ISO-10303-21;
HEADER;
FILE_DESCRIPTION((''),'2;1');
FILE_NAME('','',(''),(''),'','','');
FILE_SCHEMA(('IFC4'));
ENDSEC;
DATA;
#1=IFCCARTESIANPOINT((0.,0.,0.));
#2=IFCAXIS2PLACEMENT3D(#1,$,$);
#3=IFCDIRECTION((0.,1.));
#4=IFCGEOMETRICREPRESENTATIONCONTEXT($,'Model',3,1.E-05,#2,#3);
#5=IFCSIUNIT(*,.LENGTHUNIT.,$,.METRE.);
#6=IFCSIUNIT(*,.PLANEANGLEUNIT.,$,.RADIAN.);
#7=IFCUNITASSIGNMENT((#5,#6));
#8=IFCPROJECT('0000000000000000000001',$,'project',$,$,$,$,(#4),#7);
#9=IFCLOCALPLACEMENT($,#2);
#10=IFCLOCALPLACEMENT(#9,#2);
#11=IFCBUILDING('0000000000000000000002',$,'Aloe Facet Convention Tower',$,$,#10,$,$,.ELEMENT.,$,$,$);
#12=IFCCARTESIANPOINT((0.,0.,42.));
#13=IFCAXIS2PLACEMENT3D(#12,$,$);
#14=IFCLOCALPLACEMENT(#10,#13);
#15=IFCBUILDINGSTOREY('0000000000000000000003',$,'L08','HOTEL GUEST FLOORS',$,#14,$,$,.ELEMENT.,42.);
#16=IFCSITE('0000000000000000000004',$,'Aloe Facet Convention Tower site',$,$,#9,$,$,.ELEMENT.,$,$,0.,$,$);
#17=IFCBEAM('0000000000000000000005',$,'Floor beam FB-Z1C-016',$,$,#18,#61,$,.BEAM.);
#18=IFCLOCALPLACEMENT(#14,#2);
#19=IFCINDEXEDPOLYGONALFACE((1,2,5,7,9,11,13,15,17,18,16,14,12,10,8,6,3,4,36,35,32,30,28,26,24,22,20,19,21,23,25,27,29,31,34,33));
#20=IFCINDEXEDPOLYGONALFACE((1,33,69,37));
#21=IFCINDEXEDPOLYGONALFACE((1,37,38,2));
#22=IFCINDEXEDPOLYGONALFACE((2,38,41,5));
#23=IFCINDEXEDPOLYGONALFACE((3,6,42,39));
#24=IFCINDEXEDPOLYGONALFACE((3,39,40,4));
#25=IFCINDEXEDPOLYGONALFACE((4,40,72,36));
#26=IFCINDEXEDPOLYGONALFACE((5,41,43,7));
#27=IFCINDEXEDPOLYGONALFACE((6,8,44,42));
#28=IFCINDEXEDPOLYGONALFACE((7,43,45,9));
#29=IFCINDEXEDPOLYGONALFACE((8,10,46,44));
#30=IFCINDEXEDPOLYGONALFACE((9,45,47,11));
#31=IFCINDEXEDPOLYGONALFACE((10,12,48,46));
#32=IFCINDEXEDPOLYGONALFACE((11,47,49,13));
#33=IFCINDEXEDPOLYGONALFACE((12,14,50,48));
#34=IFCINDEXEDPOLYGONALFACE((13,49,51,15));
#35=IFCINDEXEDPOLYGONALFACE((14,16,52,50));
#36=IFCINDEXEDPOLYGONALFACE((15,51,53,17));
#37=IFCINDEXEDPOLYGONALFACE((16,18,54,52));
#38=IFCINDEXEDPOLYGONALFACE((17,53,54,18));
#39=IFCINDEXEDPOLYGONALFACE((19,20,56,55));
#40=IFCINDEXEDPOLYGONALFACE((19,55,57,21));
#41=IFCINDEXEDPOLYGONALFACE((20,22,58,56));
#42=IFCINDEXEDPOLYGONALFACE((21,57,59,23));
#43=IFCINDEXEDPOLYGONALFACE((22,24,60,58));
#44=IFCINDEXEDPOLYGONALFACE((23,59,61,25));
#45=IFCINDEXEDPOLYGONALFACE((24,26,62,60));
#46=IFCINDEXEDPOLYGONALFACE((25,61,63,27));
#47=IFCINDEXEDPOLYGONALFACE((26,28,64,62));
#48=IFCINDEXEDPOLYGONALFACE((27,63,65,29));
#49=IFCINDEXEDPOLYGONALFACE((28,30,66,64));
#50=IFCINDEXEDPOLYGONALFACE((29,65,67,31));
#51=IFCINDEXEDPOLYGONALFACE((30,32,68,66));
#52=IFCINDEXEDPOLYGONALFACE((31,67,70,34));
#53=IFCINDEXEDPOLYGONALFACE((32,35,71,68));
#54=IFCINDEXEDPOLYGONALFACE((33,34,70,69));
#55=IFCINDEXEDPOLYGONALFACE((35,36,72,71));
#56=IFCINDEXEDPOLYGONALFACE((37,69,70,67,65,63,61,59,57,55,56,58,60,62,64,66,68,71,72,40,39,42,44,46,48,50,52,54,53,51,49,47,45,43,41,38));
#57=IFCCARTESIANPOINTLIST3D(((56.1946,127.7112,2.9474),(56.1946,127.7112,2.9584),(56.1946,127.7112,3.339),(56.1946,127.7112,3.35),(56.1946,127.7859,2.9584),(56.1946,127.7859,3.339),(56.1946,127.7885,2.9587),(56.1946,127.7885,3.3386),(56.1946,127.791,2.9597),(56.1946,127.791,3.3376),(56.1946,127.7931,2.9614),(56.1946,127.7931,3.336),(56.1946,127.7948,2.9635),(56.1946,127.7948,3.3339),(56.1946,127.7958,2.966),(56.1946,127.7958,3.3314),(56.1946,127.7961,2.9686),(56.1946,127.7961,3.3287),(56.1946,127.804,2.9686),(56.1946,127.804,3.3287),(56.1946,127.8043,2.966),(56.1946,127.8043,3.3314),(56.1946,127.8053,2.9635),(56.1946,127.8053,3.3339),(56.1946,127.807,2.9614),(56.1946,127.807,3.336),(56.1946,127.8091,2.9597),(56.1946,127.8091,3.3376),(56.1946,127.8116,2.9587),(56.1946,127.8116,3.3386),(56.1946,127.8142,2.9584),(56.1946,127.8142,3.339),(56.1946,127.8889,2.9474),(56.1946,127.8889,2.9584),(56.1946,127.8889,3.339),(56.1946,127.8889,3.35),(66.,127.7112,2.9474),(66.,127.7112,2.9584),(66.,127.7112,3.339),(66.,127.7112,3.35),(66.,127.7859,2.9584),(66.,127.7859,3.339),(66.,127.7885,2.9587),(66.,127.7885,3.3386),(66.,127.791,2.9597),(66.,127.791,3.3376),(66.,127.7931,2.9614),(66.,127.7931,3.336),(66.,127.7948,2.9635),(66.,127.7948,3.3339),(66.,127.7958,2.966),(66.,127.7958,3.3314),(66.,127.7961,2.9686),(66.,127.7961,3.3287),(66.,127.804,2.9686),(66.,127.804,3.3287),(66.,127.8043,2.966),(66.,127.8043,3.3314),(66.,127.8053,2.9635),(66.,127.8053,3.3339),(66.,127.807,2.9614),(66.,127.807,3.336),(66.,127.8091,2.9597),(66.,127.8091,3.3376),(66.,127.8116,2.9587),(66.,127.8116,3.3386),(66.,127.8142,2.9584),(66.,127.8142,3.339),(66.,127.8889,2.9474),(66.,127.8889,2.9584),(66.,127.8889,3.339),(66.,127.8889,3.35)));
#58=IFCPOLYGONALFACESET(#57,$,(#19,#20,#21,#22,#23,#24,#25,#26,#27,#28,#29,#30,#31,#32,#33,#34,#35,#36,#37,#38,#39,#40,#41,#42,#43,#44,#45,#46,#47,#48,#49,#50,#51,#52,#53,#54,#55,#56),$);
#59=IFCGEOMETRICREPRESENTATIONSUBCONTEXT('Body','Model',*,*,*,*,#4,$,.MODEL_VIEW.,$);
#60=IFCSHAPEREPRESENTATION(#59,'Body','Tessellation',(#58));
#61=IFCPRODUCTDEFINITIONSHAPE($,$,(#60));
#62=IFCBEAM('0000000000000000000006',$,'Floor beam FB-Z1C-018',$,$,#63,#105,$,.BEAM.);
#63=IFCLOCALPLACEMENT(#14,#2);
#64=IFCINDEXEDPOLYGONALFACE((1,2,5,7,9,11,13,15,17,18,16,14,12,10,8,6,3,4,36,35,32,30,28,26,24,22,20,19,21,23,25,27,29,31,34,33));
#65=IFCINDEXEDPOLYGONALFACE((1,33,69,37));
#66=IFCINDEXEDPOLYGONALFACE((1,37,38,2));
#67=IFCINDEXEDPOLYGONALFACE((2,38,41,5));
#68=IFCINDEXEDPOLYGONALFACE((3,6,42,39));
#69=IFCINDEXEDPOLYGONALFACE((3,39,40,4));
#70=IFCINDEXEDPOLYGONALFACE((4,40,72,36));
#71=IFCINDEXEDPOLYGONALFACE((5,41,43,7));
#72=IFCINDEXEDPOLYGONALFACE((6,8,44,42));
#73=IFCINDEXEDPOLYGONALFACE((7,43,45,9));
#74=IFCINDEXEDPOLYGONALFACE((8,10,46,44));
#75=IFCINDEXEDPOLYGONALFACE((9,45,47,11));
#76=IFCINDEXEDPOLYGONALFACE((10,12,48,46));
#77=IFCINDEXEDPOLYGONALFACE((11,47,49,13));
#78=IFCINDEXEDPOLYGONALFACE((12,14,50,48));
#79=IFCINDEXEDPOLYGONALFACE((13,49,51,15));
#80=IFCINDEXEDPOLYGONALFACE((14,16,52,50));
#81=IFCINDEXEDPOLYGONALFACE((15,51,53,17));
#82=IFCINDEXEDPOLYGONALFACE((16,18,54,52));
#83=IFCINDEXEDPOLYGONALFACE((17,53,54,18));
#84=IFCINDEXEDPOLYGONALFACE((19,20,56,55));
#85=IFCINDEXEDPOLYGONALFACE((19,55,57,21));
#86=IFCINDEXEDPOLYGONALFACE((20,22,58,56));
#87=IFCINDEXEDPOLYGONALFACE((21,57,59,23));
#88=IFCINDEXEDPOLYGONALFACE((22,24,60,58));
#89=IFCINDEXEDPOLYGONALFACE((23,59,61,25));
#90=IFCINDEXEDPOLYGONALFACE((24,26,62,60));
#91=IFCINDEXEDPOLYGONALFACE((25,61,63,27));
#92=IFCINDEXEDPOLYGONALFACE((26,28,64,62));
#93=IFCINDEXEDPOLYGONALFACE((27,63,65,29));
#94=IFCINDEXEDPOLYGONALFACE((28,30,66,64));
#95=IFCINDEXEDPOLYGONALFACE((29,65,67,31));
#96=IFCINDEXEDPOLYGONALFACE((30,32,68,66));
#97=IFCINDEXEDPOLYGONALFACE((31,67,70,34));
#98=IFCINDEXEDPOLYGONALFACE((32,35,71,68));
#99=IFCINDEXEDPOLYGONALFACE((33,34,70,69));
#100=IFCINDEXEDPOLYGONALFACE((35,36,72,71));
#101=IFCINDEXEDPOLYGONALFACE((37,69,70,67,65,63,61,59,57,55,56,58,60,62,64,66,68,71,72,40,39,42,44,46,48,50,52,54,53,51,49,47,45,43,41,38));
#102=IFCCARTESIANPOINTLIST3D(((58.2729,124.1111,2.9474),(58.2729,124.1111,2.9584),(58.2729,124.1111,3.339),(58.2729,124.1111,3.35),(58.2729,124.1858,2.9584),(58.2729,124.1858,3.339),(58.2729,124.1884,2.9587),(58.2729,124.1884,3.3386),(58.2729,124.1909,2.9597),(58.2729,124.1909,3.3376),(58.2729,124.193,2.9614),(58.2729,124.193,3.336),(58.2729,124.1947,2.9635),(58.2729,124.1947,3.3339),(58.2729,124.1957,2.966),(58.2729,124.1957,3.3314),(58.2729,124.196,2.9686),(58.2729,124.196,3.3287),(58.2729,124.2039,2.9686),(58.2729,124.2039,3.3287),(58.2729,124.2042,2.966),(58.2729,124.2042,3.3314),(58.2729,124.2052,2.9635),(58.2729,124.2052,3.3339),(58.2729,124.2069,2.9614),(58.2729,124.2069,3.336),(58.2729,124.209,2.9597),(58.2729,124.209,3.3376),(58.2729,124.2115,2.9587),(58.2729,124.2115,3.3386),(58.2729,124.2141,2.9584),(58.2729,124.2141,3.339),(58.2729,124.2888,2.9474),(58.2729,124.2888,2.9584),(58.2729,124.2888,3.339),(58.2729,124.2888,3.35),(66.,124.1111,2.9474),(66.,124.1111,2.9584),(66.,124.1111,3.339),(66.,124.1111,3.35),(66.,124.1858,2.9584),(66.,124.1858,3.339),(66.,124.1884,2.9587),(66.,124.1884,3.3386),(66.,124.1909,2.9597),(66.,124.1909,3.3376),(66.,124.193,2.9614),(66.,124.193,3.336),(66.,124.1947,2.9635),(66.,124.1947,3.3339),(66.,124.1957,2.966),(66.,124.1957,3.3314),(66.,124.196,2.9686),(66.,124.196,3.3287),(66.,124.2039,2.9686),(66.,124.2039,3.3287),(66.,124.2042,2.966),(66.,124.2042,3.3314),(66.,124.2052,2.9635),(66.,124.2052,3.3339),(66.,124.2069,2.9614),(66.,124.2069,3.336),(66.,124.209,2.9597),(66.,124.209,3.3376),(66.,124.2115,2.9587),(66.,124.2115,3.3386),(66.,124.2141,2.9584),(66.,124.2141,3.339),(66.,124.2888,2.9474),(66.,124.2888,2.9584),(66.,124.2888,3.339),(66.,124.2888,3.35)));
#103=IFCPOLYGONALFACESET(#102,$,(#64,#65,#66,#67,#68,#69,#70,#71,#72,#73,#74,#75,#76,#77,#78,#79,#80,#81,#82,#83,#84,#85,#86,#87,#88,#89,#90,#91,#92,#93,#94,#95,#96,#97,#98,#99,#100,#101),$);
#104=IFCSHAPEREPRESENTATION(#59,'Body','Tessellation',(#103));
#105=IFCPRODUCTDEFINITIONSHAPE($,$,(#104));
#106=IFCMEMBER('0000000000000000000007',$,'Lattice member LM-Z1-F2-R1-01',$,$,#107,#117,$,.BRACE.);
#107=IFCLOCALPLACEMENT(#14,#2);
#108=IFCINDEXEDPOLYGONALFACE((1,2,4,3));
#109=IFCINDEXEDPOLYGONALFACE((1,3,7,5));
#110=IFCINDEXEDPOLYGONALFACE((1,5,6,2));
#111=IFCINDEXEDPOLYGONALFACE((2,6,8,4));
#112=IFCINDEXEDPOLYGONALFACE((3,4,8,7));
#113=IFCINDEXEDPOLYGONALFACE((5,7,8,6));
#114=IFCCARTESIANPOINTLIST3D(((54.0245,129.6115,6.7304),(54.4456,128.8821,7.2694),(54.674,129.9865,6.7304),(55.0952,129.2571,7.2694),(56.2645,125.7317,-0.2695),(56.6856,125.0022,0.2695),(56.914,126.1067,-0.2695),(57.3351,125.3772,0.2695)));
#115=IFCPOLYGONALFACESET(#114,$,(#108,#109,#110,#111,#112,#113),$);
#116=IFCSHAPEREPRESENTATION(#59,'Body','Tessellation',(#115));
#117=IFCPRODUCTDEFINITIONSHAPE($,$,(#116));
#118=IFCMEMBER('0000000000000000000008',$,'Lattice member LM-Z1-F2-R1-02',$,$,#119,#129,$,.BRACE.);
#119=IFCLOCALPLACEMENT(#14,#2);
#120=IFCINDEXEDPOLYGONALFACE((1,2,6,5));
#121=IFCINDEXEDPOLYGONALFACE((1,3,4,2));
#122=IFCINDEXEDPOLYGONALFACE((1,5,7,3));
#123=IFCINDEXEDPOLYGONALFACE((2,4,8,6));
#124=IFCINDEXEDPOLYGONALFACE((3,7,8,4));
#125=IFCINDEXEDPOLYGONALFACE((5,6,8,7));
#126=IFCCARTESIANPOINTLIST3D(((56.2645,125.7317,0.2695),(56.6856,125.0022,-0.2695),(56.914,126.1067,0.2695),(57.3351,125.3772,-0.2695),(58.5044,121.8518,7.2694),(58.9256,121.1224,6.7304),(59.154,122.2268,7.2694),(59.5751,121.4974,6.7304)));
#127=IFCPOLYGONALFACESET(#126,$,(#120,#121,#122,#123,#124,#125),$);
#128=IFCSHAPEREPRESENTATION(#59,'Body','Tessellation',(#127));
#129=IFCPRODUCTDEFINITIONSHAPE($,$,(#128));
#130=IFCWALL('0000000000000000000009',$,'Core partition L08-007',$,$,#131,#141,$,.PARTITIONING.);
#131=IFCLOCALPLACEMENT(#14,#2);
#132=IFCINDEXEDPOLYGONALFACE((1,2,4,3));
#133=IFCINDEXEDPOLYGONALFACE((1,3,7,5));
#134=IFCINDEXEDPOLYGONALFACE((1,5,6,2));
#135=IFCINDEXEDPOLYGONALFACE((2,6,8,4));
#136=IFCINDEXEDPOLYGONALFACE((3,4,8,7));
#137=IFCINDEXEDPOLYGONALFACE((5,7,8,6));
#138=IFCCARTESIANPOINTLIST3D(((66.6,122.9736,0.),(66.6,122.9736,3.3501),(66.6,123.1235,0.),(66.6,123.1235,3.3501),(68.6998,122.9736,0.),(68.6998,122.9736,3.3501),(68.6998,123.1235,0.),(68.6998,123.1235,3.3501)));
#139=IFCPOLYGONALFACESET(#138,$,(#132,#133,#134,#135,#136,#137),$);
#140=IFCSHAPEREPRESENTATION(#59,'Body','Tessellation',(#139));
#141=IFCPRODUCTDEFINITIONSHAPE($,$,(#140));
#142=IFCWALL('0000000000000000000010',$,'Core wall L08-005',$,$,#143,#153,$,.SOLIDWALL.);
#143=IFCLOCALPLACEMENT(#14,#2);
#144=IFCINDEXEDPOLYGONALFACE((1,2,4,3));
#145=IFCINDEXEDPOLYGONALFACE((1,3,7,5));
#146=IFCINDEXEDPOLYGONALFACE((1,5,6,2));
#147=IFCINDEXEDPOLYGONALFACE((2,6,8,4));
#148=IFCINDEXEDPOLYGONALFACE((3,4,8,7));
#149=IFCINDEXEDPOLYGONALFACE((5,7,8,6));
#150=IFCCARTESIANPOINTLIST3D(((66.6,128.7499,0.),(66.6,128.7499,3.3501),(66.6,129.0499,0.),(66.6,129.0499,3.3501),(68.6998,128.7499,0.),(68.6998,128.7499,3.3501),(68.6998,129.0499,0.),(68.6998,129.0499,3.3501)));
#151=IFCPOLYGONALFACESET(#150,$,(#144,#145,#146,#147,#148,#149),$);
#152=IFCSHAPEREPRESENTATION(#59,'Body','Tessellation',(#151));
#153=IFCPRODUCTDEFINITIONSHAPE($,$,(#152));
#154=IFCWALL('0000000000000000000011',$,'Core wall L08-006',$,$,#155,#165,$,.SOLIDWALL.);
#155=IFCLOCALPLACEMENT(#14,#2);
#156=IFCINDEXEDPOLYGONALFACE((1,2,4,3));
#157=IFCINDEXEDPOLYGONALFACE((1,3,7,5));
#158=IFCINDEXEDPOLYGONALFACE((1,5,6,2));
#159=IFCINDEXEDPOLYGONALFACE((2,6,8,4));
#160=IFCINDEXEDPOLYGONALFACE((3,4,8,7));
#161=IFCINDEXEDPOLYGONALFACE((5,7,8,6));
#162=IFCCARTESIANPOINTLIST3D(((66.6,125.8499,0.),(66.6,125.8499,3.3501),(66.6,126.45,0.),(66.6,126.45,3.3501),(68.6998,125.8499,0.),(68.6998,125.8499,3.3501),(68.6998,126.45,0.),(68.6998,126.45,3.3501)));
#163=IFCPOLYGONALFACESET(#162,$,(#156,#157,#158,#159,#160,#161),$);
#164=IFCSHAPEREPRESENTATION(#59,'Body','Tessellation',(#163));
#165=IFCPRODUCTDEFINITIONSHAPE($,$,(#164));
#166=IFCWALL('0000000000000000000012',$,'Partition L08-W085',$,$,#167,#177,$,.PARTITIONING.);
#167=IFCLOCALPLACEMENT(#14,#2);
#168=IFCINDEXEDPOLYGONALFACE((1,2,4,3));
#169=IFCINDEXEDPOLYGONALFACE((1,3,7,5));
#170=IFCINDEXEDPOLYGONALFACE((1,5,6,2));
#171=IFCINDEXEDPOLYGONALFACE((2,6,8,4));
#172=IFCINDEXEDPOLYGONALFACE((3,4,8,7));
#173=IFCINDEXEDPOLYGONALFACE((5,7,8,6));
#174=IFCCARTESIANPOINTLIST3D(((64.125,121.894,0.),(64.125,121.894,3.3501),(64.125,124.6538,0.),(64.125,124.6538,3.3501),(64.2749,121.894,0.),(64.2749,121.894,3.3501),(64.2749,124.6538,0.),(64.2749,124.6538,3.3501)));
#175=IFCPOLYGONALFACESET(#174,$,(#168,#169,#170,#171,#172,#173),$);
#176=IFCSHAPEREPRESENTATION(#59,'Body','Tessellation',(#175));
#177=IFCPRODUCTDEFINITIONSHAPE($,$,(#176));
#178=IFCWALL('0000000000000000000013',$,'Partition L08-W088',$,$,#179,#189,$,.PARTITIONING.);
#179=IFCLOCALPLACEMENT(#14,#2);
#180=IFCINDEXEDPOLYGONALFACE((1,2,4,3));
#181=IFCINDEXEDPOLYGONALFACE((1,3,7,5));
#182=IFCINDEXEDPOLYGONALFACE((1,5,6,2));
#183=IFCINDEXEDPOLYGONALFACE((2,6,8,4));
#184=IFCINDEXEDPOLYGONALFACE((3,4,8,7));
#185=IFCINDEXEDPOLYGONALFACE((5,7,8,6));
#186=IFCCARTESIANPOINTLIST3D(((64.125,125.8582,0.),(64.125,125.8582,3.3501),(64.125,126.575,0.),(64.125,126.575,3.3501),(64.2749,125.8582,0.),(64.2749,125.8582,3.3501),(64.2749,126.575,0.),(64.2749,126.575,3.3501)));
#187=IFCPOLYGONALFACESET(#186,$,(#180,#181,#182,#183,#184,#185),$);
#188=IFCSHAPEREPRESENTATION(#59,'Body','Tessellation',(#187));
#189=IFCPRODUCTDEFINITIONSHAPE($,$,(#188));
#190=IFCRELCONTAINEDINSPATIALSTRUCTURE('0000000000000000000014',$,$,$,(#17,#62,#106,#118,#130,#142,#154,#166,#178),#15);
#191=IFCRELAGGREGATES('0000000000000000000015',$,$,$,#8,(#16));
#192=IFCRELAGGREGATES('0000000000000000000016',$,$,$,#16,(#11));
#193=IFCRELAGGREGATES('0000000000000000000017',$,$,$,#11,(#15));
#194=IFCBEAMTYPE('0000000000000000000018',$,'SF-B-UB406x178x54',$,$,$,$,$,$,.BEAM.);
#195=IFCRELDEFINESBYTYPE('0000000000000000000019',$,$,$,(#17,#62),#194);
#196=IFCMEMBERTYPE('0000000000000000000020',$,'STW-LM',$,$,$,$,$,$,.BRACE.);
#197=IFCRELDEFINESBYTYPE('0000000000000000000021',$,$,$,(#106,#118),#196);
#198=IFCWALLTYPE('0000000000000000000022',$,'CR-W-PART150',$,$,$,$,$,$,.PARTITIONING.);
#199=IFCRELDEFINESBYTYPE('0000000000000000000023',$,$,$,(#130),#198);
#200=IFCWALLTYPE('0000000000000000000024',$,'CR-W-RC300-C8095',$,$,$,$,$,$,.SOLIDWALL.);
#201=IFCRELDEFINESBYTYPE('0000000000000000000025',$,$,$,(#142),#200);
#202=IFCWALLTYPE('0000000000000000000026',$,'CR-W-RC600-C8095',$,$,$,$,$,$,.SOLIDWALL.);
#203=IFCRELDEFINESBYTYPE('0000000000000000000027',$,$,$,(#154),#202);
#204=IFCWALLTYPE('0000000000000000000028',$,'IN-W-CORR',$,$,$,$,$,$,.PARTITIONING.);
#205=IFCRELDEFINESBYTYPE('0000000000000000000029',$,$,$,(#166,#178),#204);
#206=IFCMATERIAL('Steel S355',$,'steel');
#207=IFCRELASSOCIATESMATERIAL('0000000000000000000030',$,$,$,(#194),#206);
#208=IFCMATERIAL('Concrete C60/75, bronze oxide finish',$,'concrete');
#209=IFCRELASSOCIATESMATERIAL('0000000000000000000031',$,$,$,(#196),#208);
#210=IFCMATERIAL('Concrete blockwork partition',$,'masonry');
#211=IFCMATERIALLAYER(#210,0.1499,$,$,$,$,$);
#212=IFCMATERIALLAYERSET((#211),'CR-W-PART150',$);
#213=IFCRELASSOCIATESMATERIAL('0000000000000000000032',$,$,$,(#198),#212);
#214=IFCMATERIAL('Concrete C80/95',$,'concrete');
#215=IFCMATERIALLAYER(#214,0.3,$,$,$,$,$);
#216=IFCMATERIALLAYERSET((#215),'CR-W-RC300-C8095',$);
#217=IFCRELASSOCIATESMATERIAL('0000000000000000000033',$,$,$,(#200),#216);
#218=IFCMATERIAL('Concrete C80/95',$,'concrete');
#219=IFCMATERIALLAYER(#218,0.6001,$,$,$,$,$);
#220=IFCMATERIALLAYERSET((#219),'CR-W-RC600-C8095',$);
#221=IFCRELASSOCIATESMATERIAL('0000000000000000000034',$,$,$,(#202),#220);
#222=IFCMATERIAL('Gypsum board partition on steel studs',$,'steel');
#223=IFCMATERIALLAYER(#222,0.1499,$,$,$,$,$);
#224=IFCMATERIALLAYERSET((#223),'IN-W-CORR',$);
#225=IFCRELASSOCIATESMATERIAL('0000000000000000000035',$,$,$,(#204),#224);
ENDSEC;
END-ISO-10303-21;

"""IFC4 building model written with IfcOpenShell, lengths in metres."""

from ifc_helpers import new_model, si_unit, direction, frame, frame_2d, origin, origin_2d, place, context, subcontext, project, spatial, rectangle, i_section, extrude, material, layer, layer_set, material_profile, profile_set, type_object, element, save


model = new_model("IFC4")

# Units and contexts
model_context = context("Model", 3, precision=1e-05, world=origin(), true_north=direction((0.0, 1.0)))
body_context = subcontext(model_context, "Body", "Model", "MODEL_VIEW")
ifc_project = project(units=[si_unit("LENGTHUNIT", "METRE"), si_unit("PLANEANGLEUNIT", "RADIAN")], contexts=[model_context])

# Site, building, storey
site_placement = place(None, origin())
site = spatial("IfcSite", under=ifc_project, at=site_placement, Name="Aloe Facet Convention Tower site", CompositionType="ELEMENT", RefElevation=0.0)
building_placement = place(site_placement, origin())
building = spatial("IfcBuilding", under=site, at=building_placement, Name="Aloe Facet Convention Tower", CompositionType="ELEMENT")
storey_placement = place(building_placement, frame((0.0, 0.0, 42.0)))
storey = spatial("IfcBuildingStorey", under=building, at=storey_placement, Name="L08", Description="HOTEL GUEST FLOORS", CompositionType="ELEMENT", Elevation=42.0)

# Beams
ifc_material_1 = material(Name="Steel S355", Category="steel")
ifc_material_profile_1 = material_profile(ifc_material_1, i_section(OverallWidth=0.1777, OverallDepth=0.4026, WebThickness=0.0078, FlangeThickness=0.011, FilletRadius=0.0103, at=origin_2d()), Name="UB 406x178x54")
ifc_profile_set_1 = profile_set([ifc_material_profile_1], Name="Steel S355")
beam_type = type_object("IfcBeamType", Name="SF-B-UB406x178x54", PredefinedType="BEAM", material=ifc_profile_set_1)
beam_1_placement = place(storey_placement, frame((56.1946, 127.8, 3.1487), z_axis=(1.0, 0.0, 0.0), x_axis=(0.0, 1.0, 0.0)))
element("IfcBeam", 1, at=beam_1_placement, inside=storey, type_object=beam_type, Name="Floor beam FB-Z1C-016", PredefinedType="BEAM", context=body_context, shape_type="SweptSolid", body=[
    extrude(i_section(OverallWidth=0.1777, OverallDepth=0.4026, WebThickness=0.0078, FlangeThickness=0.011, FilletRadius=0.0103, at=origin_2d()), origin(), (0.0, 0.0, 1.0), 9.8054),
])
beam_2_placement = place(storey_placement, frame((58.2729, 124.2, 3.1487), z_axis=(1.0, 0.0, 0.0), x_axis=(0.0, 1.0, 0.0)))
element("IfcBeam", 2, at=beam_2_placement, inside=storey, type_object=beam_type, Name="Floor beam FB-Z1C-018", PredefinedType="BEAM", context=body_context, shape_type="SweptSolid", body=[
    extrude(i_section(OverallWidth=0.1777, OverallDepth=0.4026, WebThickness=0.0078, FlangeThickness=0.011, FilletRadius=0.0103, at=origin_2d()), origin(), (0.0, 0.0, 1.0), 7.7271),
])

# Members
ifc_material_2 = material(Name="Concrete C60/75, bronze oxide finish", Category="concrete")
ifc_material_profile_2 = material_profile(ifc_material_2, rectangle(XDim=0.75, YDim=1.0, at=origin_2d()), Name="STW-LM")
ifc_profile_set_2 = profile_set([ifc_material_profile_2], Name="Concrete C60/75, bronze oxide finish")
member_type = type_object("IfcMemberType", Name="STW-LM", PredefinedType="BRACE", material=ifc_profile_set_2)
for number, where, z_axis, x_axis, name in (
    (3, (56.7998, 125.5544, 0.0), (-0.269524, 0.466843, 0.842267), (-0.866031, -0.49999, 0.0), "Lattice member LM-Z1-F2-R1-01"),
    (4, (56.7998, 125.5544, 0.0), (0.269524, -0.466843, 0.842267), (0.866031, 0.49999, 0.0), "Lattice member LM-Z1-F2-R1-02"),
):
    element("IfcMember", number, at=place(storey_placement, frame(where, z_axis=z_axis, x_axis=x_axis)), inside=storey, type_object=member_type, Name=name, PredefinedType="BRACE", context=body_context, shape_type="SweptSolid", body=[
        extrude(rectangle(XDim=0.75, YDim=1.0, at=origin_2d()), origin(), (0.0, 0.0, 1.0), 8.3108),
    ])

# Walls
ifc_material_3 = material(Name="Concrete blockwork partition", Category="masonry")
ifc_layer_1 = layer(ifc_material_3, 0.1499)
ifc_layer_set_1 = layer_set([ifc_layer_1], Name="CR-W-PART150")
wall_type_1 = type_object("IfcWallType", Name="CR-W-PART150", PredefinedType="PARTITIONING", material=ifc_layer_set_1)
wall_1_placement = place(storey_placement, frame((66.6001, 123.0486, 0.0), z_axis=(0.0, 0.0, 1.0), x_axis=(1.0, 0.0, 0.0)))
element("IfcWall", 5, at=wall_1_placement, inside=storey, type_object=wall_type_1, Name="Core partition L08-007", PredefinedType="PARTITIONING", context=body_context, shape_type="SweptSolid", body=[
    extrude(rectangle(XDim=2.0999, YDim=0.1499, at=frame_2d((1.0498, 0.0))), origin(), (0.0, 0.0, 1.0), 3.3501),
])
ifc_material_4 = material(Name="Concrete C80/95", Category="concrete")
ifc_layer_2 = layer(ifc_material_4, 0.3)
ifc_layer_set_2 = layer_set([ifc_layer_2], Name="CR-W-RC300-C8095")
wall_type_2 = type_object("IfcWallType", Name="CR-W-RC300-C8095", PredefinedType="SOLIDWALL", material=ifc_layer_set_2)
wall_2_placement = place(storey_placement, frame((66.6001, 128.8999, 0.0), z_axis=(0.0, 0.0, 1.0), x_axis=(1.0, 0.0, 0.0)))
element("IfcWall", 6, at=wall_2_placement, inside=storey, type_object=wall_type_2, Name="Core wall L08-005", PredefinedType="SOLIDWALL", context=body_context, shape_type="SweptSolid", body=[
    extrude(rectangle(XDim=2.0999, YDim=0.3, at=frame_2d((1.0498, 0.0))), origin(), (0.0, 0.0, 1.0), 3.3501),
])
ifc_material_5 = material(Name="Concrete C80/95", Category="concrete")
ifc_layer_3 = layer(ifc_material_5, 0.6001)
ifc_layer_set_3 = layer_set([ifc_layer_3], Name="CR-W-RC600-C8095")
wall_type_3 = type_object("IfcWallType", Name="CR-W-RC600-C8095", PredefinedType="SOLIDWALL", material=ifc_layer_set_3)
wall_3_placement = place(storey_placement, frame((66.6001, 126.1499, 0.0), z_axis=(0.0, 0.0, 1.0), x_axis=(1.0, 0.0, 0.0)))
element("IfcWall", 7, at=wall_3_placement, inside=storey, type_object=wall_type_3, Name="Core wall L08-006", PredefinedType="SOLIDWALL", context=body_context, shape_type="SweptSolid", body=[
    extrude(rectangle(XDim=2.0999, YDim=0.6001, at=frame_2d((1.0498, 0.0))), origin(), (0.0, 0.0, 1.0), 3.3501),
])
ifc_material_6 = material(Name="Gypsum board partition on steel studs", Category="steel")
ifc_layer_4 = layer(ifc_material_6, 0.1499)
ifc_layer_set_4 = layer_set([ifc_layer_4], Name="IN-W-CORR")
wall_type_4 = type_object("IfcWallType", Name="IN-W-CORR", PredefinedType="PARTITIONING", material=ifc_layer_set_4)
wall_4_placement = place(storey_placement, frame((64.2, 121.894, 0.0), z_axis=(0.0, 0.0, 1.0), x_axis=(0.0, 1.0, 0.0)))
element("IfcWall", 8, at=wall_4_placement, inside=storey, type_object=wall_type_4, Name="Partition L08-W085", PredefinedType="PARTITIONING", context=body_context, shape_type="SweptSolid", body=[
    extrude(rectangle(XDim=2.7598, YDim=0.1499, at=frame_2d((1.3799, 0.0))), origin(), (0.0, 0.0, 1.0), 3.3501),
])
wall_5_placement = place(storey_placement, frame((64.2, 125.8582, 0.0), z_axis=(0.0, 0.0, 1.0), x_axis=(0.0, 1.0, 0.0)))
element("IfcWall", 9, at=wall_5_placement, inside=storey, type_object=wall_type_4, Name="Partition L08-W088", PredefinedType="PARTITIONING", context=body_context, shape_type="SweptSolid", body=[
    extrude(rectangle(XDim=0.7168, YDim=0.1499, at=frame_2d((0.3584, 0.0))), origin(), (0.0, 0.0, 1.0), 3.3501),
])

save(model, "model.ifc")
